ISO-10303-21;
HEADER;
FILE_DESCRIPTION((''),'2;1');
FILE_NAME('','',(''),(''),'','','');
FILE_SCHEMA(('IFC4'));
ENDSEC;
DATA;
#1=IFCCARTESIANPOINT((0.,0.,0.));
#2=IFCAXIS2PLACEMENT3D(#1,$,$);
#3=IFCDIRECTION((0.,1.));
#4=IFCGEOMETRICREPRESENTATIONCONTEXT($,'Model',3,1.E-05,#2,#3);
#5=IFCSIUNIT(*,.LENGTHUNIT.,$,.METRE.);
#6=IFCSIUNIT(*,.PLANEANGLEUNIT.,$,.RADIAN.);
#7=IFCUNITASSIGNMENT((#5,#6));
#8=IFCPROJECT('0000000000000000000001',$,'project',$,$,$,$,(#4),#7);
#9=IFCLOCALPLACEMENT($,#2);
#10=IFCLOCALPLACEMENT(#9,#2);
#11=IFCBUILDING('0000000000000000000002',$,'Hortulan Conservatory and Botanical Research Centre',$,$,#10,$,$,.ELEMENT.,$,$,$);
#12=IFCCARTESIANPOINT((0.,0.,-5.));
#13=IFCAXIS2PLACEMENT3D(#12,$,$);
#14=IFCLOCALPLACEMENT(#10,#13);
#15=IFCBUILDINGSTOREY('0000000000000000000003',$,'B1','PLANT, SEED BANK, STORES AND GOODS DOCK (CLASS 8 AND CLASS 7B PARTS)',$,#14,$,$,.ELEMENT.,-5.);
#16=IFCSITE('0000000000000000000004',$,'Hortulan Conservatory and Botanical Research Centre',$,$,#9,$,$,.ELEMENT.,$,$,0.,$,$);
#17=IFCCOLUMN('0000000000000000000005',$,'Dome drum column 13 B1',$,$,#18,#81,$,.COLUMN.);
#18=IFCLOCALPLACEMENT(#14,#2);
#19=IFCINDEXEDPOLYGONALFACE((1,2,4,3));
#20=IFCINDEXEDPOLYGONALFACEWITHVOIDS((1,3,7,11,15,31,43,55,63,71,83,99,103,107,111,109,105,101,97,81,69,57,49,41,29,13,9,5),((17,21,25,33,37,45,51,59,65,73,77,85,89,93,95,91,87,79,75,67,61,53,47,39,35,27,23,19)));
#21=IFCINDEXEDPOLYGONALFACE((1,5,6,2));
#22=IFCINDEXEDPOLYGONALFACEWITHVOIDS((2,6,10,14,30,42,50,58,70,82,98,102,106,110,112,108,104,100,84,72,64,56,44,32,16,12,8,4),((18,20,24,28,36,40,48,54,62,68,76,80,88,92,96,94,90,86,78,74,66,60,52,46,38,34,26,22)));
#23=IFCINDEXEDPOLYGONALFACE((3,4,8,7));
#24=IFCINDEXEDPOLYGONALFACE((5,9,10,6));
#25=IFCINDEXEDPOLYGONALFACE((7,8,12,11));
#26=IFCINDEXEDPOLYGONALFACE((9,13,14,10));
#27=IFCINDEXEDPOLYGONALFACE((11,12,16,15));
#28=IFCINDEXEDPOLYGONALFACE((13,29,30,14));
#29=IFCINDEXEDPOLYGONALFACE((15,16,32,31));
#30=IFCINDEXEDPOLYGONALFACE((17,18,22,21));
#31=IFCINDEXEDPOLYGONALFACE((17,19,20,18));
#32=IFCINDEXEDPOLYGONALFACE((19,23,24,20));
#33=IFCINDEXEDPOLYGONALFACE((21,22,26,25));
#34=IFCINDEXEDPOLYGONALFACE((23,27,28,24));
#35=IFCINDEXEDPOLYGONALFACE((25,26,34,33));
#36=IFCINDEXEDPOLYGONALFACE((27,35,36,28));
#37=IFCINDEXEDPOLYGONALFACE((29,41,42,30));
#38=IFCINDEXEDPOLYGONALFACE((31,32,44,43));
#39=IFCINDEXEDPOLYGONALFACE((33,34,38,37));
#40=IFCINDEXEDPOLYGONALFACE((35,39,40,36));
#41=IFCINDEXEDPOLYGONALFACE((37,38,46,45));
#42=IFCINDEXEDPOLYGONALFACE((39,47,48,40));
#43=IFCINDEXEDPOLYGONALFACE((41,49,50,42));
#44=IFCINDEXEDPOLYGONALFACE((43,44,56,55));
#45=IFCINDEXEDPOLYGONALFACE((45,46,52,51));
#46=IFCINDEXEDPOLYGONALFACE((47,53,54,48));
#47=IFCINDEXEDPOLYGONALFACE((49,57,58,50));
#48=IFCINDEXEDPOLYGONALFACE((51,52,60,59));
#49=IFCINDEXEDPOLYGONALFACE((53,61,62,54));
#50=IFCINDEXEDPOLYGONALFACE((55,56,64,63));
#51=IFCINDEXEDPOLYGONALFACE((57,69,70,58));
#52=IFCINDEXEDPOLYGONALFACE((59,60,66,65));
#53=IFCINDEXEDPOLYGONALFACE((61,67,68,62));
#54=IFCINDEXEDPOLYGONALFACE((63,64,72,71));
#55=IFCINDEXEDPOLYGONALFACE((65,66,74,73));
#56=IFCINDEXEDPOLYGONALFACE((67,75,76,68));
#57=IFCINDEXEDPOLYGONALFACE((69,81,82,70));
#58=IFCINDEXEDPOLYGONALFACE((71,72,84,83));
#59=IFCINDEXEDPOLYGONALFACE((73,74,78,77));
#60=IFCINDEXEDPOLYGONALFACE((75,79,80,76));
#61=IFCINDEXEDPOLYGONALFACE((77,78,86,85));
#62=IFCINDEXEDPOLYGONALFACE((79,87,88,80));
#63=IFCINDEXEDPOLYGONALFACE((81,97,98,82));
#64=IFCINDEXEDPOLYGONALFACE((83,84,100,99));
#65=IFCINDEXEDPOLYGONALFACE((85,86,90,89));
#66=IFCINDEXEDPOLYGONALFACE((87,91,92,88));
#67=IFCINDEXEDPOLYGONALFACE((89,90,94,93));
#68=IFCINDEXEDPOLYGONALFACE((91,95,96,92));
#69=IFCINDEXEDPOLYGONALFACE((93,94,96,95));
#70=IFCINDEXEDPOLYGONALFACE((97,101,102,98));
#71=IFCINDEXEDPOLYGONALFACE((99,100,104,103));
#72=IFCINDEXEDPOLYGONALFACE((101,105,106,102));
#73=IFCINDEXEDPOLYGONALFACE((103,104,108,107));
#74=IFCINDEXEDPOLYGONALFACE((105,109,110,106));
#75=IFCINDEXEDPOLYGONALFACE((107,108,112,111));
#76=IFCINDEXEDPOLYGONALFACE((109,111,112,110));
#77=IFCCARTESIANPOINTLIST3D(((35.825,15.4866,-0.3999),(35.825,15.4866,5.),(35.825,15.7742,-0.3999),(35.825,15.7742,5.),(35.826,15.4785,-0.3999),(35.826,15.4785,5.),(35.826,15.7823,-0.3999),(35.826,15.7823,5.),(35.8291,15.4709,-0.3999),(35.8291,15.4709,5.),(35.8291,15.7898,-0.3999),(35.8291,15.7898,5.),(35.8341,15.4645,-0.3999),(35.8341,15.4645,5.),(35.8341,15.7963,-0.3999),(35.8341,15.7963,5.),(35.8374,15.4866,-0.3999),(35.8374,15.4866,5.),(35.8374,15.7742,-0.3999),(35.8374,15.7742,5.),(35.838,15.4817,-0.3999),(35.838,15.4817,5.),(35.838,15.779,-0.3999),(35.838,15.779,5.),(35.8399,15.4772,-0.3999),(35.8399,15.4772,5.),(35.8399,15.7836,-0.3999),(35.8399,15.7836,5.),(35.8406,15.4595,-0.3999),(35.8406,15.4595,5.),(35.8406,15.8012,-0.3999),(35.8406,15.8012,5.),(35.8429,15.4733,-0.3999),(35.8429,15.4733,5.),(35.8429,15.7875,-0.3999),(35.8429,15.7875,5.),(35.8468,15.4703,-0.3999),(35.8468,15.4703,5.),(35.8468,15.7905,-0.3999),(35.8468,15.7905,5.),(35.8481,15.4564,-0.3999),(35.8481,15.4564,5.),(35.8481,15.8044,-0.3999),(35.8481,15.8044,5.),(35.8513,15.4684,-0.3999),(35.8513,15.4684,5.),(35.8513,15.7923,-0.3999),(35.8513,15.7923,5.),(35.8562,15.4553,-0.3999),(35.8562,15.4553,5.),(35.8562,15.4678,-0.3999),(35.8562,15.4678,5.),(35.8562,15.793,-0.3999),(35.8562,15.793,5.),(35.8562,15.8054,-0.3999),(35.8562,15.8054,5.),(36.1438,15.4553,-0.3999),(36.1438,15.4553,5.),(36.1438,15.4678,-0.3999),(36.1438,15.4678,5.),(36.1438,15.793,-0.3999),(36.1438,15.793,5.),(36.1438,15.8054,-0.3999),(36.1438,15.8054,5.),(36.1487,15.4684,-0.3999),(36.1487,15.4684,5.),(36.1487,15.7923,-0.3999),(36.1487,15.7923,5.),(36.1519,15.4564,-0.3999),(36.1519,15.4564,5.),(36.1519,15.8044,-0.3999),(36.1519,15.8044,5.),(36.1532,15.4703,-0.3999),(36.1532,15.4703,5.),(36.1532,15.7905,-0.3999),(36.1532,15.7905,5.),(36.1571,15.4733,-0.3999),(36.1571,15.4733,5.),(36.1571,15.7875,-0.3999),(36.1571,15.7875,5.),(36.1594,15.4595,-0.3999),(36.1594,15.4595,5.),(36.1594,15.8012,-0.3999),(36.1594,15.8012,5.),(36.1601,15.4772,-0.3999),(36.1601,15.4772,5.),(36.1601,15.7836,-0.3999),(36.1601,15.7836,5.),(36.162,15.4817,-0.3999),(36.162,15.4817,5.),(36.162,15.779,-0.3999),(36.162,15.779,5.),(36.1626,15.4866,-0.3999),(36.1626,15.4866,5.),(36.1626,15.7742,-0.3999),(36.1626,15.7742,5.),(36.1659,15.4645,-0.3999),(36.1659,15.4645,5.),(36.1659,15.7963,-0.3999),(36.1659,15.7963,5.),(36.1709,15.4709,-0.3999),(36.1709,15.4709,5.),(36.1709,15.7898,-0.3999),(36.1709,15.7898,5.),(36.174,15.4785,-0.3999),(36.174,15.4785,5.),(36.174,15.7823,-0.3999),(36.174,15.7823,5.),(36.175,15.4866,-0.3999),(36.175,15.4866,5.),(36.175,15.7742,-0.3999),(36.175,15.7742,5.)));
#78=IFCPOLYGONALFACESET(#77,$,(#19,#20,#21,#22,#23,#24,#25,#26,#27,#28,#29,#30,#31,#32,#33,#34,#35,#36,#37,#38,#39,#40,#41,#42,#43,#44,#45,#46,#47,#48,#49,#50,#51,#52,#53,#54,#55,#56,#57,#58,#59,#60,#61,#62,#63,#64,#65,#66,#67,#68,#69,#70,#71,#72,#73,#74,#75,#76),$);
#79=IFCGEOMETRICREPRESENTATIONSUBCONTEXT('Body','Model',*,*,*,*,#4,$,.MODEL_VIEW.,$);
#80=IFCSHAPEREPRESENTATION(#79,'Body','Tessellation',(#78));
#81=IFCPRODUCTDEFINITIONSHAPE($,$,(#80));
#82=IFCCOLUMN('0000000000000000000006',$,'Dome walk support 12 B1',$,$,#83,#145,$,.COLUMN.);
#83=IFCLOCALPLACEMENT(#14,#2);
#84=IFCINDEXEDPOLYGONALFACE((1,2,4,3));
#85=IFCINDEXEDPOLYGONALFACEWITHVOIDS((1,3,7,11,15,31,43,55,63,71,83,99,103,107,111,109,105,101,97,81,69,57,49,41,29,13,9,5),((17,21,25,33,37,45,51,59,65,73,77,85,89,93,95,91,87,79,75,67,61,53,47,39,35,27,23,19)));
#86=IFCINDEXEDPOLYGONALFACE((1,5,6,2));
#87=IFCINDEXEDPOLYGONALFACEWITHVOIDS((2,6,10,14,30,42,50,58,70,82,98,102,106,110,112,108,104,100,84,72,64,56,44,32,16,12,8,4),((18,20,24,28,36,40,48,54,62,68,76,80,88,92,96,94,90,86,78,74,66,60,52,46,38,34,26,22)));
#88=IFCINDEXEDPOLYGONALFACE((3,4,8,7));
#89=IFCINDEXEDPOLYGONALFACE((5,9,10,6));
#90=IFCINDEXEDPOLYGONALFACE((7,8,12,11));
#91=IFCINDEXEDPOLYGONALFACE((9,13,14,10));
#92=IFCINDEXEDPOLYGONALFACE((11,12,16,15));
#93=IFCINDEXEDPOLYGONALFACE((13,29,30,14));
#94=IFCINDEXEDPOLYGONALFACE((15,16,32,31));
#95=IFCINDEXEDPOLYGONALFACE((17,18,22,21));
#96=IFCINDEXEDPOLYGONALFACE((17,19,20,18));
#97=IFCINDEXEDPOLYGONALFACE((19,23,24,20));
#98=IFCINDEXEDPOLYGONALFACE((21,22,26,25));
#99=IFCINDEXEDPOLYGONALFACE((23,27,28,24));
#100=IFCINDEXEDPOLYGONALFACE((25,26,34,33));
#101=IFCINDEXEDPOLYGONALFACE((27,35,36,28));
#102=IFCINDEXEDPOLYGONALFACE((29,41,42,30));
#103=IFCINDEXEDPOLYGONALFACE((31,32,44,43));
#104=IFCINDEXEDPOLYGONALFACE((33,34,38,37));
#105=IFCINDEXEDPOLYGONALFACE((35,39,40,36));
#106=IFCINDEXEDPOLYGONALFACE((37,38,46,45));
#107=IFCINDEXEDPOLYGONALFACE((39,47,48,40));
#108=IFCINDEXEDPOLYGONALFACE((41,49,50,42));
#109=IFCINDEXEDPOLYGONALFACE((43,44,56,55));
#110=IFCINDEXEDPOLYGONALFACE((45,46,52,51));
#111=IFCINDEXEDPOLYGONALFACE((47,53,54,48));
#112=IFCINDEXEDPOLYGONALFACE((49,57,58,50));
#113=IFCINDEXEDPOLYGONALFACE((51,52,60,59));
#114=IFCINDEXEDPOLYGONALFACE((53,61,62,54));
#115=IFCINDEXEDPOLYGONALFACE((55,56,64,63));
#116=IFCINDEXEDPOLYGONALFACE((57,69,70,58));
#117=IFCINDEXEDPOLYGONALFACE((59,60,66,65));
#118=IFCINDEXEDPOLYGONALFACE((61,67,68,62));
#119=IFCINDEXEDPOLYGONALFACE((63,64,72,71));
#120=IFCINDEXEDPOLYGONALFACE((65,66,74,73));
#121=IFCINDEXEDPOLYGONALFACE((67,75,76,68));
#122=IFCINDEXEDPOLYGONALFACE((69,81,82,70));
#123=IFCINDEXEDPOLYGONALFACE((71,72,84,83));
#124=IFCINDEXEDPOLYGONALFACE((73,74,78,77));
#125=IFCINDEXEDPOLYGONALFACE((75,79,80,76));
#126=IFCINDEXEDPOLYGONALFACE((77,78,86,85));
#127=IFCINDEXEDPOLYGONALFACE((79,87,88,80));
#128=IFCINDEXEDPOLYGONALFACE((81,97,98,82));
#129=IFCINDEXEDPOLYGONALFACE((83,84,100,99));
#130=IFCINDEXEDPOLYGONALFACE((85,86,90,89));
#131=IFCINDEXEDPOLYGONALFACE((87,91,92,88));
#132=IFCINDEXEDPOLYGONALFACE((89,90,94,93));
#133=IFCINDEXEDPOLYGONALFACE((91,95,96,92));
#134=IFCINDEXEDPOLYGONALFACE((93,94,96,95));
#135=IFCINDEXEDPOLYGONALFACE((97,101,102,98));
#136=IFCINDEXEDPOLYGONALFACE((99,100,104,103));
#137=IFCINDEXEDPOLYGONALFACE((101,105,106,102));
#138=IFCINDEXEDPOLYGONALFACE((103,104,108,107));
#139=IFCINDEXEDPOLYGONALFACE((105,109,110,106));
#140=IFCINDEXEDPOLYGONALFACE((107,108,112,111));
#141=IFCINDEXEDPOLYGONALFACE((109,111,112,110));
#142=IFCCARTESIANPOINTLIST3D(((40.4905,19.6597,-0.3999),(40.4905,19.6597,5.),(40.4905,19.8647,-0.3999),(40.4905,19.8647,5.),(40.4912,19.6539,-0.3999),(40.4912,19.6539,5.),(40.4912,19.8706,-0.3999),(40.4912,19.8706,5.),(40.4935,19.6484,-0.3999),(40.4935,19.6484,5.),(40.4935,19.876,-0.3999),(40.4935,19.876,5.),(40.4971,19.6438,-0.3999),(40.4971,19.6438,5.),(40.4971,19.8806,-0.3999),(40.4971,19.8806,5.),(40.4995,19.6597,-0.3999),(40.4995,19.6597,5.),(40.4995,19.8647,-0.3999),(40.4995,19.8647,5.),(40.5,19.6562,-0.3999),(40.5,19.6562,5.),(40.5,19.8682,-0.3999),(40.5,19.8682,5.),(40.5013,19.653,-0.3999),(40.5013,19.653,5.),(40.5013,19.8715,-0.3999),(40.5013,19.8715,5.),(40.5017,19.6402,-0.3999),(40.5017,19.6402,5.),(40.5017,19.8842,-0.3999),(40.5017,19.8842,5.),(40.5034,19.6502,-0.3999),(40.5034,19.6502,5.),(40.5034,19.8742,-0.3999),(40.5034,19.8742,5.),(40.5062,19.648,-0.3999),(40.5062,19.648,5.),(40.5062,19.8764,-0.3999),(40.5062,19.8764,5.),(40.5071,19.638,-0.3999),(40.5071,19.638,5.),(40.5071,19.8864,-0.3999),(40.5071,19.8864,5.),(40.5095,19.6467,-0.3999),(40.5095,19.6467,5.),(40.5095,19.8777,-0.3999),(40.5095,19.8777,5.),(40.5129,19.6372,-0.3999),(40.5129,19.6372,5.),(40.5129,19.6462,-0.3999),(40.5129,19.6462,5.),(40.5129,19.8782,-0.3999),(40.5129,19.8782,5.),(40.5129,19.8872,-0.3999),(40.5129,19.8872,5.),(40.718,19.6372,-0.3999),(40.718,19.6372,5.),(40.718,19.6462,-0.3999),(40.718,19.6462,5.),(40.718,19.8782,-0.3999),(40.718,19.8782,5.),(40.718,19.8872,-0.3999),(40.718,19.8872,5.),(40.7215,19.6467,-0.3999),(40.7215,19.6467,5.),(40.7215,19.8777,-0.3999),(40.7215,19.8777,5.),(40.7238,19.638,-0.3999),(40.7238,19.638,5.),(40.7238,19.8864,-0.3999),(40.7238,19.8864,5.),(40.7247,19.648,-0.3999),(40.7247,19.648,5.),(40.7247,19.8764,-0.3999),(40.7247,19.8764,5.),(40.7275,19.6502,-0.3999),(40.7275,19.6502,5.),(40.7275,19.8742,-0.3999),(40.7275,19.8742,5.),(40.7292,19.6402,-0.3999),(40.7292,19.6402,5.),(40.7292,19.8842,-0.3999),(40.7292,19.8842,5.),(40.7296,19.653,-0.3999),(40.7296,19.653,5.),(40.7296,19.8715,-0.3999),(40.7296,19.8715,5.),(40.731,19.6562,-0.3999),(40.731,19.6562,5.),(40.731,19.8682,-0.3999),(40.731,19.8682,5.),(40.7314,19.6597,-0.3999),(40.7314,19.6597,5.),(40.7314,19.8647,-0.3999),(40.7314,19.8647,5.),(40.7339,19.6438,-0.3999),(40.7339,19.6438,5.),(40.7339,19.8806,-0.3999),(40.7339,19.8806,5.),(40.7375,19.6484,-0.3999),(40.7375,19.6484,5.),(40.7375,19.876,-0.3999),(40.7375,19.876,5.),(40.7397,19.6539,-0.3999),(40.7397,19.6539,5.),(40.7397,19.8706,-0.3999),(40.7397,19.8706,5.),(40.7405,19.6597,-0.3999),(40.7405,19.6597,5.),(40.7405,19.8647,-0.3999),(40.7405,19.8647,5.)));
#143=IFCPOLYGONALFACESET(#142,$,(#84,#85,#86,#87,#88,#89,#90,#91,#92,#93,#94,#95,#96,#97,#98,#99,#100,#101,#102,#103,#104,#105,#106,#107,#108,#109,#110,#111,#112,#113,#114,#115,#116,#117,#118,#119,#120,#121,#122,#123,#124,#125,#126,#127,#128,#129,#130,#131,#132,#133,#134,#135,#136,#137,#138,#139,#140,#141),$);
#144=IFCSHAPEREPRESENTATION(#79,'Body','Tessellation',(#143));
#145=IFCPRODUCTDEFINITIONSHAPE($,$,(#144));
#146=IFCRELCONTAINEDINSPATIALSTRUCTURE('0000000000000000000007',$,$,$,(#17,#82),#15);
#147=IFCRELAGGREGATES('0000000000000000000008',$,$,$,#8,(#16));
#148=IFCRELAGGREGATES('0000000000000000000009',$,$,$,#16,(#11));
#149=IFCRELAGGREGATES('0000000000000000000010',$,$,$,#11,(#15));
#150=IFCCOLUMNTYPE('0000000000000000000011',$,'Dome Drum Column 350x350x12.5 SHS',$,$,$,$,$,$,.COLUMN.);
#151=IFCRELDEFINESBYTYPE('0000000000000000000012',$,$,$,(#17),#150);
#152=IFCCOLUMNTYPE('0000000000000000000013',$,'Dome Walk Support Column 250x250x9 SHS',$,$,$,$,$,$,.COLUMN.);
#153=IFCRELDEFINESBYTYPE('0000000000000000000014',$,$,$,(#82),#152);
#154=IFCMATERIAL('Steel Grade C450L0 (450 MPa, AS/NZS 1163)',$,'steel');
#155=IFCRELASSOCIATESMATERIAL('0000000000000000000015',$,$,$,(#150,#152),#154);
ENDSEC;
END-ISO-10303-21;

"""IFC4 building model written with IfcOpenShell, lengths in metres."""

from ifc_helpers import new_model, si_unit, direction, frame, origin, origin_2d, place, context, subcontext, project, spatial, hollow_rectangle, extrude, material, material_profile, profile_set, type_object, element, save


model = new_model("IFC4")

# Units and contexts
model_context = context("Model", 3, precision=1e-05, world=origin(), true_north=direction((0.0, 1.0)))
body_context = subcontext(model_context, "Body", "Model", "MODEL_VIEW")
ifc_project = project(units=[si_unit("LENGTHUNIT", "METRE"), si_unit("PLANEANGLEUNIT", "RADIAN")], contexts=[model_context])

# Site, building, storey
site_placement = place(None, origin())
site = spatial("IfcSite", under=ifc_project, at=site_placement, Name="Hortulan Conservatory and Botanical Research Centre", CompositionType="ELEMENT", RefElevation=0.0)
building_placement = place(site_placement, origin())
building = spatial("IfcBuilding", under=site, at=building_placement, Name="Hortulan Conservatory and Botanical Research Centre", CompositionType="ELEMENT")
storey_placement = place(building_placement, frame((0.0, 0.0, -5.0)))
storey = spatial("IfcBuildingStorey", under=building, at=storey_placement, Name="B1", Description="PLANT, SEED BANK, STORES AND GOODS DOCK (CLASS 8 AND CLASS 7B PARTS)", CompositionType="ELEMENT", Elevation=-5.0)

# Columns
ifc_material_1 = material(Name="Steel Grade C450L0 (450 MPa, AS/NZS 1163)", Category="steel")
ifc_material_profile_1 = material_profile(ifc_material_1, hollow_rectangle(XDim=0.3501, YDim=0.3501, WallThickness=0.0125, InnerFilletRadius=0.0188, OuterFilletRadius=0.0312, at=origin_2d()), Name="350x350x12.5SHS")
ifc_profile_set_1 = profile_set([ifc_material_profile_1], Name="Steel Grade C450L0 (450 MPa, AS/NZS 1163)")
column_type_1 = type_object("IfcColumnType", Name="Dome Drum Column 350x350x12.5 SHS", PredefinedType="COLUMN", material=ifc_profile_set_1)
column_1_placement = place(storey_placement, frame((36.0, 15.6304, -0.3999), z_axis=(0.0, 0.0, 1.0), x_axis=(1.0, 0.0, 0.0)))
element("IfcColumn", 1, at=column_1_placement, inside=storey, type_object=column_type_1, Name="Dome drum column 13 B1", PredefinedType="COLUMN", context=body_context, shape_type="SweptSolid", body=[
    extrude(hollow_rectangle(XDim=0.3501, YDim=0.3501, WallThickness=0.0125, InnerFilletRadius=0.0188, OuterFilletRadius=0.0312, at=origin_2d()), origin(), (0.0, 0.0, 1.0), 5.3999),
])
ifc_material_profile_2 = material_profile(ifc_material_1, hollow_rectangle(XDim=0.25, YDim=0.25, WallThickness=0.009, InnerFilletRadius=0.0134, OuterFilletRadius=0.0225, at=origin_2d()), Name="250x250x9SHS")
ifc_profile_set_2 = profile_set([ifc_material_profile_2], Name="Steel Grade C450L0 (450 MPa, AS/NZS 1163)")
column_type_2 = type_object("IfcColumnType", Name="Dome Walk Support Column 250x250x9 SHS", PredefinedType="COLUMN", material=ifc_profile_set_2)
for number, where, z_axis, x_axis, name in (
    (2, (40.6155, 19.7622, -0.3999), (0.0, 0.0, 1.0), (1.0, 0.0, 0.0), "Dome walk support 12 B1"),
):
    element("IfcColumn", number, at=place(storey_placement, frame(where, z_axis=z_axis, x_axis=x_axis)), inside=storey, type_object=column_type_2, Name=name, PredefinedType="COLUMN", context=body_context, shape_type="SweptSolid", body=[
        extrude(hollow_rectangle(XDim=0.25, YDim=0.25, WallThickness=0.009, InnerFilletRadius=0.0134, OuterFilletRadius=0.0225, at=origin_2d()), origin(), (0.0, 0.0, 1.0), 5.3999),
    ])

save(model, "model.ifc")
